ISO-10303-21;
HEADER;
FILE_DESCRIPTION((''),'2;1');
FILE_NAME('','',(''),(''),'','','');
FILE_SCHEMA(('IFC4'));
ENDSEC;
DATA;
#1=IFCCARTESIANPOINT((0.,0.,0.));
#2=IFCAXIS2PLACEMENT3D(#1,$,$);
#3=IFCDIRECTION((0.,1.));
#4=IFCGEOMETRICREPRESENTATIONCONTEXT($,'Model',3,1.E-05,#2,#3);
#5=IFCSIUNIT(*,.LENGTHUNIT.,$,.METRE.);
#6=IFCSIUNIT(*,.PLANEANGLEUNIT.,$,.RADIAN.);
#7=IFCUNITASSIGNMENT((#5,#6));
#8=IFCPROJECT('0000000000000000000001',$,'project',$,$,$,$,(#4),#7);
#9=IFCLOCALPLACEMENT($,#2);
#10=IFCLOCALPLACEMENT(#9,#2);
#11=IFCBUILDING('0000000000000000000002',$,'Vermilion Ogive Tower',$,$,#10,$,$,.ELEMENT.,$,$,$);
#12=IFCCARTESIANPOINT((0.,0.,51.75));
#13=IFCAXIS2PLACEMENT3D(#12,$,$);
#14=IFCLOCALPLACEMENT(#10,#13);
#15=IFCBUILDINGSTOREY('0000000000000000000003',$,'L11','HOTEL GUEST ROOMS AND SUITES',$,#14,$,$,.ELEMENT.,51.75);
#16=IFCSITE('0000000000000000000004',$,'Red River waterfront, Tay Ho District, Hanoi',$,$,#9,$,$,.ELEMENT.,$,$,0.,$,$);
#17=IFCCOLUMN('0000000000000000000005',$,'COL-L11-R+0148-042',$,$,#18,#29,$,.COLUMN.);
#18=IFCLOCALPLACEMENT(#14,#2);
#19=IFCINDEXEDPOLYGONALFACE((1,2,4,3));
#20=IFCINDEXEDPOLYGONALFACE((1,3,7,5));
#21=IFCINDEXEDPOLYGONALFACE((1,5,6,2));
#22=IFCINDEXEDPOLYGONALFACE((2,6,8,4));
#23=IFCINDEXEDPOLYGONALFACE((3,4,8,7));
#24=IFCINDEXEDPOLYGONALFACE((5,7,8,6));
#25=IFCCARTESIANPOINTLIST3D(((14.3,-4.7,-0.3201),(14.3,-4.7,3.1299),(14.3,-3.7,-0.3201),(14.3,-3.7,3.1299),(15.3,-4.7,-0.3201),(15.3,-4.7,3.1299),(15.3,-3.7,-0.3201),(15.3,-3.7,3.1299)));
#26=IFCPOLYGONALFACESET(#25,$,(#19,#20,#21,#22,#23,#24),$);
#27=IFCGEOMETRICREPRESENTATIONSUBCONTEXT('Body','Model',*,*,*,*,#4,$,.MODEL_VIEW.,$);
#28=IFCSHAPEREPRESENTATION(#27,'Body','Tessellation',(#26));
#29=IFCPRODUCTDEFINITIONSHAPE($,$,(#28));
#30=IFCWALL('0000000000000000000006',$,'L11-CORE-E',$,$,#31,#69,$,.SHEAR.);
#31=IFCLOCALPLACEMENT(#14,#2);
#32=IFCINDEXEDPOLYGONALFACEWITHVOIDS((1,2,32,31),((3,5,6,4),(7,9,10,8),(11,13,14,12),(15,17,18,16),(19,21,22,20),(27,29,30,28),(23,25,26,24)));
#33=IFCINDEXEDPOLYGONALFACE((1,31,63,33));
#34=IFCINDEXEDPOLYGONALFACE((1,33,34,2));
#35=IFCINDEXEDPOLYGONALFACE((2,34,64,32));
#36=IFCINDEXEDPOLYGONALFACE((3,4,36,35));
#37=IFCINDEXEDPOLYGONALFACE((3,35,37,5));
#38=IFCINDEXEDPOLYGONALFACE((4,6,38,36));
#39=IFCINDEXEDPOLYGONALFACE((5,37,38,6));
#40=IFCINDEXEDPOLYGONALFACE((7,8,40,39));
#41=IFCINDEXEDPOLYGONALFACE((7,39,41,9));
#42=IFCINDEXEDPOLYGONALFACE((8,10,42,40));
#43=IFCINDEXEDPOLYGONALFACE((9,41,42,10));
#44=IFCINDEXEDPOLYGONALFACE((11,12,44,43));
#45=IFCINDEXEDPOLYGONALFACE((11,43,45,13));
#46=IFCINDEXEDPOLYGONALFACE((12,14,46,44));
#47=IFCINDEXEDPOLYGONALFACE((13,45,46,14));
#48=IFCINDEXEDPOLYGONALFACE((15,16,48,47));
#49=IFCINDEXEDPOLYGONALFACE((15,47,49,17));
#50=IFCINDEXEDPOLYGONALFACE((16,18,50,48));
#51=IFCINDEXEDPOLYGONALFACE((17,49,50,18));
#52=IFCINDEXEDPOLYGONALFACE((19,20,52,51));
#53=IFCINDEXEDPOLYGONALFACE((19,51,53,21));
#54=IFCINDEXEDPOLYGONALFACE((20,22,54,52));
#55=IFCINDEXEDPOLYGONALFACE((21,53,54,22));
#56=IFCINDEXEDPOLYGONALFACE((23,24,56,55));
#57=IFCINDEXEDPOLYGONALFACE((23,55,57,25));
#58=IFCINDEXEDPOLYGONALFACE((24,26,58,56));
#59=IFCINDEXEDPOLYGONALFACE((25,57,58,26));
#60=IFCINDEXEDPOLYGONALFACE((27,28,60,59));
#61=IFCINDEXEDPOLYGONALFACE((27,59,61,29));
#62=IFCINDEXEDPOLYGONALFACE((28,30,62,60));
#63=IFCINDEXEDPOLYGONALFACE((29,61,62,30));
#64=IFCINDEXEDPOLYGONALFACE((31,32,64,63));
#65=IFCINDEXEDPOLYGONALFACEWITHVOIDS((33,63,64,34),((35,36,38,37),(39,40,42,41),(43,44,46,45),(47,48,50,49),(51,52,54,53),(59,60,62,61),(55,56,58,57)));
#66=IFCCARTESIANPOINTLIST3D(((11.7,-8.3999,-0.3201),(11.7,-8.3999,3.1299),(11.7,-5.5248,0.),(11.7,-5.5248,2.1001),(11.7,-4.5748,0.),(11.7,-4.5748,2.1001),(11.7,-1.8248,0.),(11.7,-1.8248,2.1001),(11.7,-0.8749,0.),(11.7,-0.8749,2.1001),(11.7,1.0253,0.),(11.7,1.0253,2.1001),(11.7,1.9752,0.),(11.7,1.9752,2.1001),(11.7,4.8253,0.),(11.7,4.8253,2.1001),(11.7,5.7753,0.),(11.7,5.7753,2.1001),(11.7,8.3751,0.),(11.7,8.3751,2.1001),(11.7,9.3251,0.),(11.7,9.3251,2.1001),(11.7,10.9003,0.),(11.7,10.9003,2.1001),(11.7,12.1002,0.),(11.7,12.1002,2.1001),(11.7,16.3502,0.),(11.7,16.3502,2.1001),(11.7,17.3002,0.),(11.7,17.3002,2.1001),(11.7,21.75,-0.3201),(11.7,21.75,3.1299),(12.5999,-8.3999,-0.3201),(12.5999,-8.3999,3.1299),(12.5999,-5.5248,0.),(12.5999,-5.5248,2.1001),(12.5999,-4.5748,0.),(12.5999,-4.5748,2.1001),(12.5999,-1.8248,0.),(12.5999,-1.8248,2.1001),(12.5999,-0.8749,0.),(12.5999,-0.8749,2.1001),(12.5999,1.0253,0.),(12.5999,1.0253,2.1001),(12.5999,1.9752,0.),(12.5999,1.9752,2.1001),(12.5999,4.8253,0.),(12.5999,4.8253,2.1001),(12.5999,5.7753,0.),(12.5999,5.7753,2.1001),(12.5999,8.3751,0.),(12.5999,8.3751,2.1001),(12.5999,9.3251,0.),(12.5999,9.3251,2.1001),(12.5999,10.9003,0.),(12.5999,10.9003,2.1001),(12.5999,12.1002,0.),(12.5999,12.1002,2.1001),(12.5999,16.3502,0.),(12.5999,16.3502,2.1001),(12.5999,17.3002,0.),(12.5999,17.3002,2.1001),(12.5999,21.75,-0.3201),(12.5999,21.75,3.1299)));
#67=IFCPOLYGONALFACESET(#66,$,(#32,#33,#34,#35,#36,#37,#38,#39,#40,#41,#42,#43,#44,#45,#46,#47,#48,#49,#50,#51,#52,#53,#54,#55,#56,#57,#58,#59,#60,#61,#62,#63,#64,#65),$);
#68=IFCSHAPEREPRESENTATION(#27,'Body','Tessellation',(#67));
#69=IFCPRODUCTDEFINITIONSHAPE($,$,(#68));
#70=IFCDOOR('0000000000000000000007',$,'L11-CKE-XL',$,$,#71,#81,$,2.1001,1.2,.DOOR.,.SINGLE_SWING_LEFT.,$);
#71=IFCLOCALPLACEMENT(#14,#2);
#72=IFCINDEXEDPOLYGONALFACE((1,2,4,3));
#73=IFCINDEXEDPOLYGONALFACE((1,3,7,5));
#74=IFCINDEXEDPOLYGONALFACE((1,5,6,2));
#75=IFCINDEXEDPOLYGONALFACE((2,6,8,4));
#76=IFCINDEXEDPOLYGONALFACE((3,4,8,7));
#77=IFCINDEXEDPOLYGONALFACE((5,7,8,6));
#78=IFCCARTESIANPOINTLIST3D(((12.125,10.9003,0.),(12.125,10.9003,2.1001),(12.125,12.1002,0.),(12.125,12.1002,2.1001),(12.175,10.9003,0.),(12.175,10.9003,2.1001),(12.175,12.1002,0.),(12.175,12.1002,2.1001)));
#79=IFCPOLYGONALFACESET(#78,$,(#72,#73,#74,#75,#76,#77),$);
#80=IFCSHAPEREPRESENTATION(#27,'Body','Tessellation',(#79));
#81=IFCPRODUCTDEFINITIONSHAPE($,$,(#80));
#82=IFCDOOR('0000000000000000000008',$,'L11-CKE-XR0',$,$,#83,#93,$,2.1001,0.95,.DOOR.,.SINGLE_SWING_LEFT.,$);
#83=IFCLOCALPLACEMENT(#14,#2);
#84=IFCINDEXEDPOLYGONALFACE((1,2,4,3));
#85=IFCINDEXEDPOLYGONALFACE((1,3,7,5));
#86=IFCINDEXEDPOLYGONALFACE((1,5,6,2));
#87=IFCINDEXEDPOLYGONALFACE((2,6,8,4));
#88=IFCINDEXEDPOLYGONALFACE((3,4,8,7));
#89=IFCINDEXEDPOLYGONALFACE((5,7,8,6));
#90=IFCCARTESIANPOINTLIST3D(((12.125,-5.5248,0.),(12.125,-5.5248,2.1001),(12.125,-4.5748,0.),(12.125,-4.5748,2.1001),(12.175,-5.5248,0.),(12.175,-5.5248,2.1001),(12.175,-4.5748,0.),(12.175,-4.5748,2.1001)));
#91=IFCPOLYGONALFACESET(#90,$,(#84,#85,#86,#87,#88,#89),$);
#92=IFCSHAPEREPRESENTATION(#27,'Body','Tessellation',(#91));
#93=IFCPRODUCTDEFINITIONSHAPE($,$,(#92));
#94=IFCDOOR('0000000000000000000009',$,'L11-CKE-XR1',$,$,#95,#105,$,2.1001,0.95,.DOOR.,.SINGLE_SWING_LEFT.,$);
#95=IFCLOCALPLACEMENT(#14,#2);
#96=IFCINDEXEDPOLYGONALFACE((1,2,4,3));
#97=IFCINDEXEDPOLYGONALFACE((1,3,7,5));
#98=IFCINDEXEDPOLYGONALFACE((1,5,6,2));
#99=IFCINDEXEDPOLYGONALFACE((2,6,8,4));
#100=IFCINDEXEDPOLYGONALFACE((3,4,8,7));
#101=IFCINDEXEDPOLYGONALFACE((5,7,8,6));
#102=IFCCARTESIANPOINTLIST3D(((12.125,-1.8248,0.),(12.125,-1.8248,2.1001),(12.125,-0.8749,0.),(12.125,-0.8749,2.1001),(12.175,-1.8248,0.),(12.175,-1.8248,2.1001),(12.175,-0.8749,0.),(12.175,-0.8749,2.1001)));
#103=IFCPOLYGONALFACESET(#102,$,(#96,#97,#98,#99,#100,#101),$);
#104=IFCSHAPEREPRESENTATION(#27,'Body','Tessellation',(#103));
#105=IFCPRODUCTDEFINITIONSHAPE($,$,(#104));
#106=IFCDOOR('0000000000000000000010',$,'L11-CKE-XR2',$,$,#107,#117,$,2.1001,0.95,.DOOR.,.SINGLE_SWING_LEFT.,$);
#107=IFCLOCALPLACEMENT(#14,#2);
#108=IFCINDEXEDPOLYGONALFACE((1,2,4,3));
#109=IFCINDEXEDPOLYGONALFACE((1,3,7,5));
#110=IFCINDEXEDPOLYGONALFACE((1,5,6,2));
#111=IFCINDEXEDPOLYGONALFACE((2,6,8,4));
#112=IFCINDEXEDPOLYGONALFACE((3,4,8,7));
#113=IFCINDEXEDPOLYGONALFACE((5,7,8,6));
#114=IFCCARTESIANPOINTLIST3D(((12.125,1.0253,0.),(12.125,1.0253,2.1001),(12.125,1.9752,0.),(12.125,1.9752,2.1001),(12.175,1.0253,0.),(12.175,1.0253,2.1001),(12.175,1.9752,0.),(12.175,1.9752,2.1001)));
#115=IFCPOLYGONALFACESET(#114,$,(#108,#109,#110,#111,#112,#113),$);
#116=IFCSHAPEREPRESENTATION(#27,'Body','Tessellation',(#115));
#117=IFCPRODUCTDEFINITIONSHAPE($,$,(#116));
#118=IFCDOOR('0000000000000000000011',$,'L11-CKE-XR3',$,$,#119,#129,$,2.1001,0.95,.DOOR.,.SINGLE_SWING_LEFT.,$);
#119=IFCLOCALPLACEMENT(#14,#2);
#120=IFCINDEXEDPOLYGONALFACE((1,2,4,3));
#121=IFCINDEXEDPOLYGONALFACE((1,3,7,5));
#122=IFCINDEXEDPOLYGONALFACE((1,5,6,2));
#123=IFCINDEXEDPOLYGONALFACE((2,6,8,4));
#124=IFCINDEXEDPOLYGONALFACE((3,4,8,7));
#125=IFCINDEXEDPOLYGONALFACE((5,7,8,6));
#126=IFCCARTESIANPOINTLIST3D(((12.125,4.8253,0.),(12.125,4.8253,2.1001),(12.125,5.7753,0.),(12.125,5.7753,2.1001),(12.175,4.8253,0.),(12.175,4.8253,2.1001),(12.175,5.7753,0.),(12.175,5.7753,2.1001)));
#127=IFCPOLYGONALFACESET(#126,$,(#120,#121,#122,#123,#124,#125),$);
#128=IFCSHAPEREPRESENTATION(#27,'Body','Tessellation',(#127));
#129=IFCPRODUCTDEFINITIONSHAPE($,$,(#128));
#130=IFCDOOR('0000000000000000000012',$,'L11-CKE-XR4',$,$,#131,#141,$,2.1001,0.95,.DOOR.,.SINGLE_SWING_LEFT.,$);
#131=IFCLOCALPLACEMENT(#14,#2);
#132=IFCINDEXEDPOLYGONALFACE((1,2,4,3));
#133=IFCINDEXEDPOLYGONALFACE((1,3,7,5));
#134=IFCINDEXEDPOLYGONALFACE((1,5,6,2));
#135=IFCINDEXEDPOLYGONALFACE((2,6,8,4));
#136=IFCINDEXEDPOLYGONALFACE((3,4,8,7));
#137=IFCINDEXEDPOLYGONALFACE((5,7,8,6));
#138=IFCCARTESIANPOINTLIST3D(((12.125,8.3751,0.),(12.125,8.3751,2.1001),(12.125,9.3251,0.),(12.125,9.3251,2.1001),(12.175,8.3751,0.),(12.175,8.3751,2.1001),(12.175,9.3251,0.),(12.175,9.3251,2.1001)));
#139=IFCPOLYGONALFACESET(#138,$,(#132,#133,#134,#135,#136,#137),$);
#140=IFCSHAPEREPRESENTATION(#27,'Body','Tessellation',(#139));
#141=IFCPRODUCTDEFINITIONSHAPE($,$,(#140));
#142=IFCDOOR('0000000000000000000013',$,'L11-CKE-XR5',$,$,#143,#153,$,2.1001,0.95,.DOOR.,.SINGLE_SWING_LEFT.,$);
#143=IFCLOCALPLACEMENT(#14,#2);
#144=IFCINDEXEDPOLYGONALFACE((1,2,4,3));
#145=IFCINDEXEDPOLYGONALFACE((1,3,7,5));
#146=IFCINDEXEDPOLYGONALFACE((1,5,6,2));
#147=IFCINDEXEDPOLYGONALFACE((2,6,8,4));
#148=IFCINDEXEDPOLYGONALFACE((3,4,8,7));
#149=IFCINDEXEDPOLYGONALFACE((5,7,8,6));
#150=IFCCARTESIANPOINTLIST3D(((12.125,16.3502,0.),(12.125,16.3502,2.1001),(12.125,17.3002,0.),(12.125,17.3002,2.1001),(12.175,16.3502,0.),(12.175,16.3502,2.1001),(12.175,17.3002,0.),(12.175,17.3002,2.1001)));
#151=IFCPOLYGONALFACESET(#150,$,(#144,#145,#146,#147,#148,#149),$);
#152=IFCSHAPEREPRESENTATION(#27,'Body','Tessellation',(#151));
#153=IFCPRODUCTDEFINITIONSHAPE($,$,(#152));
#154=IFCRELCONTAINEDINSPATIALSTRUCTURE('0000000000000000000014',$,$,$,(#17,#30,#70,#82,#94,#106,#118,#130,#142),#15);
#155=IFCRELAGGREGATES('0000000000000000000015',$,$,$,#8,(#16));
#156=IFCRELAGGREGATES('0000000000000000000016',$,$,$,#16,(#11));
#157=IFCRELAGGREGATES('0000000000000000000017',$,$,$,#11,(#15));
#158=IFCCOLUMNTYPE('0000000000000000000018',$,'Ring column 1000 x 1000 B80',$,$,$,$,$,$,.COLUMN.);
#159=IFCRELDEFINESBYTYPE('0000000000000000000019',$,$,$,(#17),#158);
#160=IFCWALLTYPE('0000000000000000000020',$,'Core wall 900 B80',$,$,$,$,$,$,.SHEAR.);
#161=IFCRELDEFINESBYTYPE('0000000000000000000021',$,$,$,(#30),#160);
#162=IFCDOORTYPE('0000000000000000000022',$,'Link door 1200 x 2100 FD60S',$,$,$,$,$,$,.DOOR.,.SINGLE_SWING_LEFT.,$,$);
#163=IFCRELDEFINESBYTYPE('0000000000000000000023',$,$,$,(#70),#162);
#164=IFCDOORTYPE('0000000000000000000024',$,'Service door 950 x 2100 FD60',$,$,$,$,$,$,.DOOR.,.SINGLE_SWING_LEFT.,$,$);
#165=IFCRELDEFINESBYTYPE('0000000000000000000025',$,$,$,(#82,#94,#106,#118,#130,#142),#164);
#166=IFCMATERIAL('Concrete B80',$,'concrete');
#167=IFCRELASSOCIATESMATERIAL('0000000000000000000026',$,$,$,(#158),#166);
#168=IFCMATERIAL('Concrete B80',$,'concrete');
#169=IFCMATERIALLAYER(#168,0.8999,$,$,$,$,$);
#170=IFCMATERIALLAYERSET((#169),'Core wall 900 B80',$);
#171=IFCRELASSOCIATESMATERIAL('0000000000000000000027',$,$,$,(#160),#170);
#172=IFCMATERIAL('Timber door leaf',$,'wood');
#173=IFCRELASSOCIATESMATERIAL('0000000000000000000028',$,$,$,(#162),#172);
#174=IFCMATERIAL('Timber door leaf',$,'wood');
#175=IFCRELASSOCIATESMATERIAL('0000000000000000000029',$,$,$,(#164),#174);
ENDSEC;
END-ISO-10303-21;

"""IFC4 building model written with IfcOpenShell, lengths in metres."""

from ifc_helpers import new_model, si_unit, direction, frame, frame_2d, origin, origin_2d, place, context, subcontext, project, spatial, rectangle, extrude, material, layer, layer_set, material_profile, profile_set, type_object, element, fill, save


model = new_model("IFC4")

# Units and contexts
model_context = context("Model", 3, precision=1e-05, world=origin(), true_north=direction((0.0, 1.0)))
body_context = subcontext(model_context, "Body", "Model", "MODEL_VIEW")
ifc_project = project(units=[si_unit("LENGTHUNIT", "METRE"), si_unit("PLANEANGLEUNIT", "RADIAN")], contexts=[model_context])

# Site, building, storey
site_placement = place(None, origin())
site = spatial("IfcSite", under=ifc_project, at=site_placement, Name="Red River waterfront, Tay Ho District, Hanoi", CompositionType="ELEMENT", RefElevation=0.0)
building_placement = place(site_placement, origin())
building = spatial("IfcBuilding", under=site, at=building_placement, Name="Vermilion Ogive Tower", CompositionType="ELEMENT")
storey_placement = place(building_placement, frame((0.0, 0.0, 51.75)))
storey = spatial("IfcBuildingStorey", under=building, at=storey_placement, Name="L11", Description="HOTEL GUEST ROOMS AND SUITES", CompositionType="ELEMENT", Elevation=51.75)

# Column
ifc_material_1 = material(Name="Concrete B80", Category="concrete")
ifc_material_profile = material_profile(ifc_material_1, rectangle(XDim=1.0, YDim=1.0, at=origin_2d()), Name="1000 x 1000")
ifc_profile_set = profile_set([ifc_material_profile], Name="Concrete B80")
column_type = type_object("IfcColumnType", Name="Ring column 1000 x 1000 B80", PredefinedType="COLUMN", material=ifc_profile_set)
column_placement = place(storey_placement, frame((14.8, -4.2, -0.3201), z_axis=(0.0, 0.0, 1.0), x_axis=(1.0, 0.0, 0.0)))
element("IfcColumn", 1, at=column_placement, inside=storey, type_object=column_type, Name="COL-L11-R+0148-042", PredefinedType="COLUMN", context=body_context, shape_type="SweptSolid", body=[
    extrude(rectangle(XDim=1.0, YDim=1.0, at=origin_2d()), origin(), (0.0, 0.0, 1.0), 3.45),
])

# Wall, openings, doors
ifc_material_2 = material(Name="Concrete B80", Category="concrete")
ifc_layer_1 = layer(ifc_material_2, 0.8999)
ifc_layer_set_1 = layer_set([ifc_layer_1], Name="Core wall 900 B80")
wall_type_1 = type_object("IfcWallType", Name="Core wall 900 B80", PredefinedType="SHEAR", material=ifc_layer_set_1)
wall_1_placement = place(storey_placement, frame((12.1499, -8.3999, -0.3201), z_axis=(0.0, 0.0, 1.0), x_axis=(0.0, 1.0, 0.0)))
wall_1 = element("IfcWall", 2, at=wall_1_placement, inside=storey, type_object=wall_type_1, Name="L11-CORE-E", PredefinedType="SHEAR", context=body_context, shape_type="SweptSolid", body=[
    extrude(rectangle(XDim=30.1499, YDim=0.8999, at=frame_2d((15.075, 0.0))), origin(), (0.0, 0.0, 1.0), 3.45),
])
opening_1_placement = place(wall_1_placement, frame((2.875, 0.0, 0.3201)))
opening_1 = element("IfcOpeningElement", 3, at=opening_1_placement, cuts=wall_1, PredefinedType="OPENING", context=body_context, shape_type="SweptSolid", body=[
    extrude(rectangle(XDim=0.95, YDim=2.1001, at=frame_2d((0.4751, 1.05))), frame((0.0, 0.46, 0.0), z_axis=(0.0, -1.0, 0.0), x_axis=(1.0, 0.0, 0.0)), (0.0, 0.0, 1.0), 0.9199),
])
opening_2_placement = place(wall_1_placement, frame((6.575, 0.0, 0.3201)))
opening_2 = element("IfcOpeningElement", 4, at=opening_2_placement, cuts=wall_1, PredefinedType="OPENING", context=body_context, shape_type="SweptSolid", body=[
    extrude(rectangle(XDim=0.95, YDim=2.1001, at=frame_2d((0.4751, 1.05))), frame((0.0, 0.46, 0.0), z_axis=(0.0, -1.0, 0.0), x_axis=(1.0, 0.0, 0.0)), (0.0, 0.0, 1.0), 0.9199),
])
opening_3_placement = place(wall_1_placement, frame((9.425, 0.0, 0.3201)))
opening_3 = element("IfcOpeningElement", 5, at=opening_3_placement, cuts=wall_1, PredefinedType="OPENING", context=body_context, shape_type="SweptSolid", body=[
    extrude(rectangle(XDim=0.95, YDim=2.1001, at=frame_2d((0.4751, 1.05))), frame((0.0, 0.46, 0.0), z_axis=(0.0, -1.0, 0.0), x_axis=(1.0, 0.0, 0.0)), (0.0, 0.0, 1.0), 0.9199),
])
opening_4_placement = place(wall_1_placement, frame((13.2251, 0.0, 0.3201)))
opening_4 = element("IfcOpeningElement", 6, at=opening_4_placement, cuts=wall_1, PredefinedType="OPENING", context=body_context, shape_type="SweptSolid", body=[
    extrude(rectangle(XDim=0.95, YDim=2.1001, at=frame_2d((0.4751, 1.05))), frame((0.0, 0.46, 0.0), z_axis=(0.0, -1.0, 0.0), x_axis=(1.0, 0.0, 0.0)), (0.0, 0.0, 1.0), 0.9199),
])
opening_5_placement = place(wall_1_placement, frame((16.7749, 0.0, 0.3201)))
opening_5 = element("IfcOpeningElement", 7, at=opening_5_placement, cuts=wall_1, PredefinedType="OPENING", context=body_context, shape_type="SweptSolid", body=[
    extrude(rectangle(XDim=0.95, YDim=2.1001, at=frame_2d((0.4751, 1.05))), frame((0.0, 0.46, 0.0), z_axis=(0.0, -1.0, 0.0), x_axis=(1.0, 0.0, 0.0)), (0.0, 0.0, 1.0), 0.9199),
])
opening_6_placement = place(wall_1_placement, frame((24.75, 0.0, 0.3201)))
opening_6 = element("IfcOpeningElement", 8, at=opening_6_placement, cuts=wall_1, PredefinedType="OPENING", context=body_context, shape_type="SweptSolid", body=[
    extrude(rectangle(XDim=0.95, YDim=2.1001, at=frame_2d((0.4751, 1.05))), frame((0.0, 0.46, 0.0), z_axis=(0.0, -1.0, 0.0), x_axis=(1.0, 0.0, 0.0)), (0.0, 0.0, 1.0), 0.9199),
])
opening_7_placement = place(wall_1_placement, frame((19.3, 0.0, 0.3201)))
opening_7 = element("IfcOpeningElement", 9, at=opening_7_placement, cuts=wall_1, PredefinedType="OPENING", context=body_context, shape_type="SweptSolid", body=[
    extrude(rectangle(XDim=1.2, YDim=2.1001, at=frame_2d((0.6001, 1.05))), frame((0.0, 0.46, 0.0), z_axis=(0.0, -1.0, 0.0), x_axis=(1.0, 0.0, 0.0)), (0.0, 0.0, 1.0), 0.9199),
])
ifc_material_3 = material(Name="Timber door leaf", Category="wood")
door_type_1 = type_object("IfcDoorType", Name="Link door 1200 x 2100 FD60S", OperationType="SINGLE_SWING_LEFT", PredefinedType="DOOR", material=ifc_material_3)
door_1_placement = place(opening_7_placement, origin())
door_1 = element("IfcDoor", 10, at=door_1_placement, inside=storey, type_object=door_type_1, Name="L11-CKE-XL", OperationType="SINGLE_SWING_LEFT", OverallHeight=2.1001, OverallWidth=1.2, PredefinedType="DOOR", context=body_context, shape_type="SweptSolid", body=[
    extrude(rectangle(XDim=1.2, YDim=2.1001, at=frame_2d((0.6001, 1.05))), frame((0.0, 0.0249, 0.0), z_axis=(0.0, -1.0, 0.0), x_axis=(1.0, 0.0, 0.0)), (0.0, 0.0, 1.0), 0.05),
])
fill(opening_7, door_1)
ifc_material_4 = material(Name="Timber door leaf", Category="wood")
door_type_2 = type_object("IfcDoorType", Name="Service door 950 x 2100 FD60", OperationType="SINGLE_SWING_LEFT", PredefinedType="DOOR", material=ifc_material_4)
door_2_placement = place(opening_1_placement, origin())
door_2 = element("IfcDoor", 11, at=door_2_placement, inside=storey, type_object=door_type_2, Name="L11-CKE-XR0", OperationType="SINGLE_SWING_LEFT", OverallHeight=2.1001, OverallWidth=0.95, PredefinedType="DOOR", context=body_context, shape_type="SweptSolid", body=[
    extrude(rectangle(XDim=0.95, YDim=2.1001, at=frame_2d((0.4751, 1.05))), frame((0.0, 0.0249, 0.0), z_axis=(0.0, -1.0, 0.0), x_axis=(1.0, 0.0, 0.0)), (0.0, 0.0, 1.0), 0.05),
])
fill(opening_1, door_2)
door_3_placement = place(opening_2_placement, origin())
door_3 = element("IfcDoor", 12, at=door_3_placement, inside=storey, type_object=door_type_2, Name="L11-CKE-XR1", OperationType="SINGLE_SWING_LEFT", OverallHeight=2.1001, OverallWidth=0.95, PredefinedType="DOOR", context=body_context, shape_type="SweptSolid", body=[
    extrude(rectangle(XDim=0.95, YDim=2.1001, at=frame_2d((0.4751, 1.05))), frame((0.0, 0.0249, 0.0), z_axis=(0.0, -1.0, 0.0), x_axis=(1.0, 0.0, 0.0)), (0.0, 0.0, 1.0), 0.05),
])
fill(opening_2, door_3)
door_4_placement = place(opening_3_placement, origin())
door_4 = element("IfcDoor", 13, at=door_4_placement, inside=storey, type_object=door_type_2, Name="L11-CKE-XR2", OperationType="SINGLE_SWING_LEFT", OverallHeight=2.1001, OverallWidth=0.95, PredefinedType="DOOR", context=body_context, shape_type="SweptSolid", body=[
    extrude(rectangle(XDim=0.95, YDim=2.1001, at=frame_2d((0.4751, 1.05))), frame((0.0, 0.0249, 0.0), z_axis=(0.0, -1.0, 0.0), x_axis=(1.0, 0.0, 0.0)), (0.0, 0.0, 1.0), 0.05),
])
fill(opening_3, door_4)
door_5_placement = place(opening_4_placement, origin())
door_5 = element("IfcDoor", 14, at=door_5_placement, inside=storey, type_object=door_type_2, Name="L11-CKE-XR3", OperationType="SINGLE_SWING_LEFT", OverallHeight=2.1001, OverallWidth=0.95, PredefinedType="DOOR", context=body_context, shape_type="SweptSolid", body=[
    extrude(rectangle(XDim=0.95, YDim=2.1001, at=frame_2d((0.4751, 1.05))), frame((0.0, 0.0249, 0.0), z_axis=(0.0, -1.0, 0.0), x_axis=(1.0, 0.0, 0.0)), (0.0, 0.0, 1.0), 0.05),
])
fill(opening_4, door_5)
door_6_placement = place(opening_5_placement, origin())
door_6 = element("IfcDoor", 15, at=door_6_placement, inside=storey, type_object=door_type_2, Name="L11-CKE-XR4", OperationType="SINGLE_SWING_LEFT", OverallHeight=2.1001, OverallWidth=0.95, PredefinedType="DOOR", context=body_context, shape_type="SweptSolid", body=[
    extrude(rectangle(XDim=0.95, YDim=2.1001, at=frame_2d((0.4751, 1.05))), frame((0.0, 0.0249, 0.0), z_axis=(0.0, -1.0, 0.0), x_axis=(1.0, 0.0, 0.0)), (0.0, 0.0, 1.0), 0.05),
])
fill(opening_5, door_6)
door_7_placement = place(opening_6_placement, origin())
door_7 = element("IfcDoor", 16, at=door_7_placement, inside=storey, type_object=door_type_2, Name="L11-CKE-XR5", OperationType="SINGLE_SWING_LEFT", OverallHeight=2.1001, OverallWidth=0.95, PredefinedType="DOOR", context=body_context, shape_type="SweptSolid", body=[
    extrude(rectangle(XDim=0.95, YDim=2.1001, at=frame_2d((0.4751, 1.05))), frame((0.0, 0.0249, 0.0), z_axis=(0.0, -1.0, 0.0), x_axis=(1.0, 0.0, 0.0)), (0.0, 0.0, 1.0), 0.05),
])
fill(opening_6, door_7)

save(model, "model.ifc")
